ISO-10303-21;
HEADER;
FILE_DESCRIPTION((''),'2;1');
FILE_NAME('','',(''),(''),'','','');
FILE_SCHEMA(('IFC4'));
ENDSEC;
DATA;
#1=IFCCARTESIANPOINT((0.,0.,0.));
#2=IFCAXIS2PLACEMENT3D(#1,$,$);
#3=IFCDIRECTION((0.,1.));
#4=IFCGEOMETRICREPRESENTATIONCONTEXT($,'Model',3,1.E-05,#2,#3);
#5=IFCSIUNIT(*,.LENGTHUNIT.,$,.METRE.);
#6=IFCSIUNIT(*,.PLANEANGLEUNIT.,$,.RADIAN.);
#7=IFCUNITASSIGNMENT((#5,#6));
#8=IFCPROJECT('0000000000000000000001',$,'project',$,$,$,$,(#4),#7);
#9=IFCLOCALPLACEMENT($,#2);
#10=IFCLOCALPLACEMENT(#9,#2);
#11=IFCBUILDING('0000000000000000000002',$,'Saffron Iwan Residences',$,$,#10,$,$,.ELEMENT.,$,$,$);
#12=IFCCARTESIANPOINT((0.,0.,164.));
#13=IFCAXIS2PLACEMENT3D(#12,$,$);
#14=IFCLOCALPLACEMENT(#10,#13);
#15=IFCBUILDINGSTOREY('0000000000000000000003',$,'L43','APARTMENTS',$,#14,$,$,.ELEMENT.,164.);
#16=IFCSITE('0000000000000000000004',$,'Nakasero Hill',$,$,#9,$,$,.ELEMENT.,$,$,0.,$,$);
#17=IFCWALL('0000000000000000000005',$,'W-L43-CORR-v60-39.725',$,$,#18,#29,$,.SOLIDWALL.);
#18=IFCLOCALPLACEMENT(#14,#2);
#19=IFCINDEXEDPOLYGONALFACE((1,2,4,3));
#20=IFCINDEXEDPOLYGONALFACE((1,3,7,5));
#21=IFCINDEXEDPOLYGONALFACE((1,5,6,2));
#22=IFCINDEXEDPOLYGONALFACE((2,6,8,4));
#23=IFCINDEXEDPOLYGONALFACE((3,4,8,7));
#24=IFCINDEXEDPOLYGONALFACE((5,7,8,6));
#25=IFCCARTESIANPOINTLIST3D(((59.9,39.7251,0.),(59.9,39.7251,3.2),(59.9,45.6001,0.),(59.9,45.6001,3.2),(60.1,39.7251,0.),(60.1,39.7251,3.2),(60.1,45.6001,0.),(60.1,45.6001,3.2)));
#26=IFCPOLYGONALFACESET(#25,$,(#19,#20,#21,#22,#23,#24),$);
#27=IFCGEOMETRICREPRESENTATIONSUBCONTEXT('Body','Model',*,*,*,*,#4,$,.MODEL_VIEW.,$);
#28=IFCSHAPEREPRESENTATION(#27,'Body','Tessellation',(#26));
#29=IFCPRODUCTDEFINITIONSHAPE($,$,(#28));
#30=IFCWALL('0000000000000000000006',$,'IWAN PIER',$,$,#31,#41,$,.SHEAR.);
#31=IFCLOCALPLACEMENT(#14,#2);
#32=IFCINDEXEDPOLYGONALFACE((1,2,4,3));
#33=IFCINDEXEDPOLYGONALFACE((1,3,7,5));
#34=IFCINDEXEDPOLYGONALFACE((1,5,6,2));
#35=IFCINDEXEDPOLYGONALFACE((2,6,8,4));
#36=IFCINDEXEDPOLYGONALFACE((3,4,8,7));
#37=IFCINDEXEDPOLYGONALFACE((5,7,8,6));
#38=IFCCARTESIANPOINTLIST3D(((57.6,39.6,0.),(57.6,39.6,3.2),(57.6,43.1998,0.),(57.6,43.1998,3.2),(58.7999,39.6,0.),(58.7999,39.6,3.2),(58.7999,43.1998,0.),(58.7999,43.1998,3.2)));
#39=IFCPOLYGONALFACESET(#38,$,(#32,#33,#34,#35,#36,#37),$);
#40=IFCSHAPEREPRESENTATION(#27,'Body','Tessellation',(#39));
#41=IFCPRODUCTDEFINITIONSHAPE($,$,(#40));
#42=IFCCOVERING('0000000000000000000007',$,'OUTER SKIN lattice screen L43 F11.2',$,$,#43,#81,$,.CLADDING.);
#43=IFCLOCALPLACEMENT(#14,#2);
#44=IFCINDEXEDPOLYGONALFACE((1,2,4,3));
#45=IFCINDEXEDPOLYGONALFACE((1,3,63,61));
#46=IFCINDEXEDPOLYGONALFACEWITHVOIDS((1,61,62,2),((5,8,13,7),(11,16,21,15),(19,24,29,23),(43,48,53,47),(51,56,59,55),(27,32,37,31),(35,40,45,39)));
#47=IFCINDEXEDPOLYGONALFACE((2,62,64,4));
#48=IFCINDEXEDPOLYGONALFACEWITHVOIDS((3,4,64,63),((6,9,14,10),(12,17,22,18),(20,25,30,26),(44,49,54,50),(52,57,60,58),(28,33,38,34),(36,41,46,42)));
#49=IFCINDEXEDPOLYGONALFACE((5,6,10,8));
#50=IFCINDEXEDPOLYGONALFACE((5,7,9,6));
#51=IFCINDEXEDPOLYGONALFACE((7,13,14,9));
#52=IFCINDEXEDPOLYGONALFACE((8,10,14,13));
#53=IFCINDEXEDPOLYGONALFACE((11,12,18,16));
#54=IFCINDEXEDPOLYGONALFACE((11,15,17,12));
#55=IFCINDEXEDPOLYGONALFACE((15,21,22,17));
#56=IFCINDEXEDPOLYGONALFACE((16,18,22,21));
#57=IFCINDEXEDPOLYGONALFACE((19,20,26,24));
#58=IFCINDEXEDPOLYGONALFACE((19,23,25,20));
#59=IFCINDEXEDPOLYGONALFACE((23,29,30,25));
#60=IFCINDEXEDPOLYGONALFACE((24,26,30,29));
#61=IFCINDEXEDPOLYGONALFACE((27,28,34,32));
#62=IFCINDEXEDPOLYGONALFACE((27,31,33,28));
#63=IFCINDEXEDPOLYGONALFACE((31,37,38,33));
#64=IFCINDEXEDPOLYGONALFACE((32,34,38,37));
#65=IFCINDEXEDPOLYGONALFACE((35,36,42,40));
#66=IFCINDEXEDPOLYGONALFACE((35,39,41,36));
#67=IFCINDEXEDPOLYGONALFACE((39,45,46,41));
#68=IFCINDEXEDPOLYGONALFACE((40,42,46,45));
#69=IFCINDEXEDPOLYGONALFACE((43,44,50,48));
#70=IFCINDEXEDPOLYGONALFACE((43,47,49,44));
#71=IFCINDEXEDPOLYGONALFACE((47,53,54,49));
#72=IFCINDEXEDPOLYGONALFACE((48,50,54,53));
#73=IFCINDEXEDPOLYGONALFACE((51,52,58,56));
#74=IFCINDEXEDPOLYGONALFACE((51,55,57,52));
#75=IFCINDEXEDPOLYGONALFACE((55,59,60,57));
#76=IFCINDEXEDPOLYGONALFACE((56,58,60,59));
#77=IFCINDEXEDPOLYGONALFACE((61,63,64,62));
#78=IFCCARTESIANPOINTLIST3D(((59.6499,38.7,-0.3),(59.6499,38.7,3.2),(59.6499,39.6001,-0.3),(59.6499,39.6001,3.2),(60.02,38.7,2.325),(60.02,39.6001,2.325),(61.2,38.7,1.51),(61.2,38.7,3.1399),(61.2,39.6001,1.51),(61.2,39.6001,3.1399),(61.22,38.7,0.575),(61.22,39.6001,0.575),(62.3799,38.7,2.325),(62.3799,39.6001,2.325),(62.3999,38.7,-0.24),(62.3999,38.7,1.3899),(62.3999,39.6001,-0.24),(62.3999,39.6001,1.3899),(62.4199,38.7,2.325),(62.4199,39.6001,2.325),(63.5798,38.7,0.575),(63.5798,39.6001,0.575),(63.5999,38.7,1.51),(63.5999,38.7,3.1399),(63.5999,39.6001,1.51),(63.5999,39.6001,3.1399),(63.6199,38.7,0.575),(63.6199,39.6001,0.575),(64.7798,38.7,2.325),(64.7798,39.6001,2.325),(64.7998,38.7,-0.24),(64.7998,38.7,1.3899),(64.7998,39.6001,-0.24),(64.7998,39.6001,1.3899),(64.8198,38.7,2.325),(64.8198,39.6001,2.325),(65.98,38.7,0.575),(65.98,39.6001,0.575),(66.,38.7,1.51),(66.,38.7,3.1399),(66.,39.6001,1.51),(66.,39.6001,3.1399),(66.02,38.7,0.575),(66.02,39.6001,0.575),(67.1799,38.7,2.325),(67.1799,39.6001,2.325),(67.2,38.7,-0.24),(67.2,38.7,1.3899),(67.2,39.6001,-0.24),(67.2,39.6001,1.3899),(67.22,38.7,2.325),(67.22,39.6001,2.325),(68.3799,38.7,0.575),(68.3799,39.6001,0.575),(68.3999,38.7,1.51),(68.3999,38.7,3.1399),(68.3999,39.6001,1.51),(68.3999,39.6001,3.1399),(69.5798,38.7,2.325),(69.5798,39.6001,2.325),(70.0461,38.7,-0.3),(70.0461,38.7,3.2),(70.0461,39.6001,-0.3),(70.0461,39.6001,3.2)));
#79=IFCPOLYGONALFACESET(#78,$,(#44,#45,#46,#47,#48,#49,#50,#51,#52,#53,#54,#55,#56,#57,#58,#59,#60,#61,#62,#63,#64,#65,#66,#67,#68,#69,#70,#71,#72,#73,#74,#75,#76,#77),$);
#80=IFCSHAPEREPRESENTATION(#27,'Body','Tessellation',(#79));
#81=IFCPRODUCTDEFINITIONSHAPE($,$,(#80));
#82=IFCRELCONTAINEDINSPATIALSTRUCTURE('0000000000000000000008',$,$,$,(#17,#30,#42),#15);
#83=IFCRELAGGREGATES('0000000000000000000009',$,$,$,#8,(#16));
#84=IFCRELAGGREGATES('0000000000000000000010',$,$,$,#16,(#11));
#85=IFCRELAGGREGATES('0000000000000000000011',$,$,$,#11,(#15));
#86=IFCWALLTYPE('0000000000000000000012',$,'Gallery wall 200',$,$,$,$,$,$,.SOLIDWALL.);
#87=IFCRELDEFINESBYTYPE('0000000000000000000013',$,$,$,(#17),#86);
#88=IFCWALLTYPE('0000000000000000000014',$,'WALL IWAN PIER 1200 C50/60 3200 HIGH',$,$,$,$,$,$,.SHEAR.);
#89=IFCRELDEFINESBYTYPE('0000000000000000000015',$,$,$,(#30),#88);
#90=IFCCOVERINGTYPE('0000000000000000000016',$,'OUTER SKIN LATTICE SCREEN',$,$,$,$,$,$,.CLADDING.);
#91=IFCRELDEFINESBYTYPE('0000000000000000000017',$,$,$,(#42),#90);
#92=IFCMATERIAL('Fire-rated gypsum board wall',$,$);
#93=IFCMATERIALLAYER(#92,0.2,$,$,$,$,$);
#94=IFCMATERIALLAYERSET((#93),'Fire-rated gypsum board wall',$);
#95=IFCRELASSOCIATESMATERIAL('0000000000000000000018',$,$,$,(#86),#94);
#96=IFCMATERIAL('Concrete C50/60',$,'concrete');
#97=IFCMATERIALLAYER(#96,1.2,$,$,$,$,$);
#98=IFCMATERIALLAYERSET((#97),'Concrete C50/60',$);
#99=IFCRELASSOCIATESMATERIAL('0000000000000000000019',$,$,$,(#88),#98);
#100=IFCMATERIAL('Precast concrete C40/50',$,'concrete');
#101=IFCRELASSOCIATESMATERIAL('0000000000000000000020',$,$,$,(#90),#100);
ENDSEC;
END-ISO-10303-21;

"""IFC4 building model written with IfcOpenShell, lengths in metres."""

from ifc_helpers import new_model, si_unit, direction, frame, frame_2d, origin, place, context, subcontext, project, spatial, polyline, rectangle, outline, extrude, material, layer, layer_set, type_object, element, save


model = new_model("IFC4")

# Units and contexts
model_context = context("Model", 3, precision=1e-05, world=origin(), true_north=direction((0.0, 1.0)))
body_context = subcontext(model_context, "Body", "Model", "MODEL_VIEW")
ifc_project = project(units=[si_unit("LENGTHUNIT", "METRE"), si_unit("PLANEANGLEUNIT", "RADIAN")], contexts=[model_context])

# Site, building, storey
site_placement = place(None, origin())
site = spatial("IfcSite", under=ifc_project, at=site_placement, Name="Nakasero Hill", CompositionType="ELEMENT", RefElevation=0.0)
building_placement = place(site_placement, origin())
building = spatial("IfcBuilding", under=site, at=building_placement, Name="Saffron Iwan Residences", CompositionType="ELEMENT")
storey_placement = place(building_placement, frame((0.0, 0.0, 164.0)))
storey = spatial("IfcBuildingStorey", under=building, at=storey_placement, Name="L43", Description="APARTMENTS", CompositionType="ELEMENT", Elevation=164.0)

# Shared definitions
ifc_material_1 = material(Name="Concrete C50/60", Category="concrete")

# Walls
ifc_material_2 = material(Name="Fire-rated gypsum board wall")
ifc_layer_1 = layer(ifc_material_2, 0.2)
ifc_layer_set_1 = layer_set([ifc_layer_1], Name="Fire-rated gypsum board wall")
wall_type_1 = type_object("IfcWallType", Name="Gallery wall 200", PredefinedType="SOLIDWALL", material=ifc_layer_set_1)
wall_1_placement = place(storey_placement, frame((60.0, 39.7251, 0.0), z_axis=(0.0, 0.0, 1.0), x_axis=(0.0, 1.0, 0.0)))
element("IfcWall", 1, at=wall_1_placement, inside=storey, type_object=wall_type_1, Name="W-L43-CORR-v60-39.725", PredefinedType="SOLIDWALL", context=body_context, shape_type="SweptSolid", body=[
    extrude(rectangle(XDim=5.875, YDim=0.2, at=frame_2d((2.9375, 0.0))), origin(), (0.0, 0.0, 1.0), 3.2),
])
ifc_layer_2 = layer(ifc_material_1, 1.2)
ifc_layer_set_2 = layer_set([ifc_layer_2], Name="Concrete C50/60")
wall_type_2 = type_object("IfcWallType", Name="WALL IWAN PIER 1200 C50/60 3200 HIGH", PredefinedType="SHEAR", material=ifc_layer_set_2)
wall_2_placement = place(storey_placement, frame((58.2, 39.6001, 0.0), z_axis=(0.0, 0.0, 1.0), x_axis=(0.0, 1.0, 0.0)))
element("IfcWall", 2, at=wall_2_placement, inside=storey, type_object=wall_type_2, Name="IWAN PIER", PredefinedType="SHEAR", context=body_context, shape_type="SweptSolid", body=[
    extrude(rectangle(XDim=3.5999, YDim=1.2, at=frame_2d((1.7998, 0.0))), origin(), (0.0, 0.0, 1.0), 3.2),
])

# Covering
ifc_material_3 = material(Name="Precast concrete C40/50", Category="concrete")
covering_type = type_object("IfcCoveringType", Name="OUTER SKIN LATTICE SCREEN", PredefinedType="CLADDING", material=ifc_material_3)
covering_placement = place(storey_placement, frame((59.6499, 39.6001, -0.3), z_axis=(0.0, -1.0, 0.0), x_axis=(1.0, 0.0, 0.0)))
element("IfcCovering", 3, at=covering_placement, inside=storey, type_object=covering_type, Name="OUTER SKIN lattice screen L43 F11.2", PredefinedType="CLADDING", context=body_context, shape_type="SweptSolid", body=[
    extrude(outline(polyline([(0.0, 0.0), (10.3962, 0.0), (10.3962, 3.5), (0.0, 3.5), (0.0, 0.0)]), holes=[polyline([(1.5701, 0.875), (2.75, 0.0601), (3.9299, 0.875), (2.75, 1.6899), (1.5701, 0.875)]), polyline([(3.97, 0.875), (5.1499, 0.0601), (6.3301, 0.875), (5.1499, 1.6899), (3.97, 0.875)]), polyline([(6.3701, 0.875), (7.55, 0.0601), (8.73, 0.875), (7.55, 1.6899), (6.3701, 0.875)]), polyline([(0.3701, 2.625), (1.55, 1.8101), (2.73, 2.625), (1.55, 3.4399), (0.3701, 2.625)]), polyline([(2.77, 2.625), (3.95, 1.8101), (5.1299, 2.625), (3.95, 3.4399), (2.77, 2.625)]), polyline([(5.1699, 2.625), (6.3501, 1.8101), (7.53, 2.625), (6.3501, 3.4399), (5.1699, 2.625)]), polyline([(7.5701, 2.625), (8.75, 1.8101), (9.9299, 2.625), (8.75, 3.4399), (7.5701, 2.625)])]), origin(), (0.0, 0.0, 1.0), 0.9001),
])

save(model, "model.ifc")
